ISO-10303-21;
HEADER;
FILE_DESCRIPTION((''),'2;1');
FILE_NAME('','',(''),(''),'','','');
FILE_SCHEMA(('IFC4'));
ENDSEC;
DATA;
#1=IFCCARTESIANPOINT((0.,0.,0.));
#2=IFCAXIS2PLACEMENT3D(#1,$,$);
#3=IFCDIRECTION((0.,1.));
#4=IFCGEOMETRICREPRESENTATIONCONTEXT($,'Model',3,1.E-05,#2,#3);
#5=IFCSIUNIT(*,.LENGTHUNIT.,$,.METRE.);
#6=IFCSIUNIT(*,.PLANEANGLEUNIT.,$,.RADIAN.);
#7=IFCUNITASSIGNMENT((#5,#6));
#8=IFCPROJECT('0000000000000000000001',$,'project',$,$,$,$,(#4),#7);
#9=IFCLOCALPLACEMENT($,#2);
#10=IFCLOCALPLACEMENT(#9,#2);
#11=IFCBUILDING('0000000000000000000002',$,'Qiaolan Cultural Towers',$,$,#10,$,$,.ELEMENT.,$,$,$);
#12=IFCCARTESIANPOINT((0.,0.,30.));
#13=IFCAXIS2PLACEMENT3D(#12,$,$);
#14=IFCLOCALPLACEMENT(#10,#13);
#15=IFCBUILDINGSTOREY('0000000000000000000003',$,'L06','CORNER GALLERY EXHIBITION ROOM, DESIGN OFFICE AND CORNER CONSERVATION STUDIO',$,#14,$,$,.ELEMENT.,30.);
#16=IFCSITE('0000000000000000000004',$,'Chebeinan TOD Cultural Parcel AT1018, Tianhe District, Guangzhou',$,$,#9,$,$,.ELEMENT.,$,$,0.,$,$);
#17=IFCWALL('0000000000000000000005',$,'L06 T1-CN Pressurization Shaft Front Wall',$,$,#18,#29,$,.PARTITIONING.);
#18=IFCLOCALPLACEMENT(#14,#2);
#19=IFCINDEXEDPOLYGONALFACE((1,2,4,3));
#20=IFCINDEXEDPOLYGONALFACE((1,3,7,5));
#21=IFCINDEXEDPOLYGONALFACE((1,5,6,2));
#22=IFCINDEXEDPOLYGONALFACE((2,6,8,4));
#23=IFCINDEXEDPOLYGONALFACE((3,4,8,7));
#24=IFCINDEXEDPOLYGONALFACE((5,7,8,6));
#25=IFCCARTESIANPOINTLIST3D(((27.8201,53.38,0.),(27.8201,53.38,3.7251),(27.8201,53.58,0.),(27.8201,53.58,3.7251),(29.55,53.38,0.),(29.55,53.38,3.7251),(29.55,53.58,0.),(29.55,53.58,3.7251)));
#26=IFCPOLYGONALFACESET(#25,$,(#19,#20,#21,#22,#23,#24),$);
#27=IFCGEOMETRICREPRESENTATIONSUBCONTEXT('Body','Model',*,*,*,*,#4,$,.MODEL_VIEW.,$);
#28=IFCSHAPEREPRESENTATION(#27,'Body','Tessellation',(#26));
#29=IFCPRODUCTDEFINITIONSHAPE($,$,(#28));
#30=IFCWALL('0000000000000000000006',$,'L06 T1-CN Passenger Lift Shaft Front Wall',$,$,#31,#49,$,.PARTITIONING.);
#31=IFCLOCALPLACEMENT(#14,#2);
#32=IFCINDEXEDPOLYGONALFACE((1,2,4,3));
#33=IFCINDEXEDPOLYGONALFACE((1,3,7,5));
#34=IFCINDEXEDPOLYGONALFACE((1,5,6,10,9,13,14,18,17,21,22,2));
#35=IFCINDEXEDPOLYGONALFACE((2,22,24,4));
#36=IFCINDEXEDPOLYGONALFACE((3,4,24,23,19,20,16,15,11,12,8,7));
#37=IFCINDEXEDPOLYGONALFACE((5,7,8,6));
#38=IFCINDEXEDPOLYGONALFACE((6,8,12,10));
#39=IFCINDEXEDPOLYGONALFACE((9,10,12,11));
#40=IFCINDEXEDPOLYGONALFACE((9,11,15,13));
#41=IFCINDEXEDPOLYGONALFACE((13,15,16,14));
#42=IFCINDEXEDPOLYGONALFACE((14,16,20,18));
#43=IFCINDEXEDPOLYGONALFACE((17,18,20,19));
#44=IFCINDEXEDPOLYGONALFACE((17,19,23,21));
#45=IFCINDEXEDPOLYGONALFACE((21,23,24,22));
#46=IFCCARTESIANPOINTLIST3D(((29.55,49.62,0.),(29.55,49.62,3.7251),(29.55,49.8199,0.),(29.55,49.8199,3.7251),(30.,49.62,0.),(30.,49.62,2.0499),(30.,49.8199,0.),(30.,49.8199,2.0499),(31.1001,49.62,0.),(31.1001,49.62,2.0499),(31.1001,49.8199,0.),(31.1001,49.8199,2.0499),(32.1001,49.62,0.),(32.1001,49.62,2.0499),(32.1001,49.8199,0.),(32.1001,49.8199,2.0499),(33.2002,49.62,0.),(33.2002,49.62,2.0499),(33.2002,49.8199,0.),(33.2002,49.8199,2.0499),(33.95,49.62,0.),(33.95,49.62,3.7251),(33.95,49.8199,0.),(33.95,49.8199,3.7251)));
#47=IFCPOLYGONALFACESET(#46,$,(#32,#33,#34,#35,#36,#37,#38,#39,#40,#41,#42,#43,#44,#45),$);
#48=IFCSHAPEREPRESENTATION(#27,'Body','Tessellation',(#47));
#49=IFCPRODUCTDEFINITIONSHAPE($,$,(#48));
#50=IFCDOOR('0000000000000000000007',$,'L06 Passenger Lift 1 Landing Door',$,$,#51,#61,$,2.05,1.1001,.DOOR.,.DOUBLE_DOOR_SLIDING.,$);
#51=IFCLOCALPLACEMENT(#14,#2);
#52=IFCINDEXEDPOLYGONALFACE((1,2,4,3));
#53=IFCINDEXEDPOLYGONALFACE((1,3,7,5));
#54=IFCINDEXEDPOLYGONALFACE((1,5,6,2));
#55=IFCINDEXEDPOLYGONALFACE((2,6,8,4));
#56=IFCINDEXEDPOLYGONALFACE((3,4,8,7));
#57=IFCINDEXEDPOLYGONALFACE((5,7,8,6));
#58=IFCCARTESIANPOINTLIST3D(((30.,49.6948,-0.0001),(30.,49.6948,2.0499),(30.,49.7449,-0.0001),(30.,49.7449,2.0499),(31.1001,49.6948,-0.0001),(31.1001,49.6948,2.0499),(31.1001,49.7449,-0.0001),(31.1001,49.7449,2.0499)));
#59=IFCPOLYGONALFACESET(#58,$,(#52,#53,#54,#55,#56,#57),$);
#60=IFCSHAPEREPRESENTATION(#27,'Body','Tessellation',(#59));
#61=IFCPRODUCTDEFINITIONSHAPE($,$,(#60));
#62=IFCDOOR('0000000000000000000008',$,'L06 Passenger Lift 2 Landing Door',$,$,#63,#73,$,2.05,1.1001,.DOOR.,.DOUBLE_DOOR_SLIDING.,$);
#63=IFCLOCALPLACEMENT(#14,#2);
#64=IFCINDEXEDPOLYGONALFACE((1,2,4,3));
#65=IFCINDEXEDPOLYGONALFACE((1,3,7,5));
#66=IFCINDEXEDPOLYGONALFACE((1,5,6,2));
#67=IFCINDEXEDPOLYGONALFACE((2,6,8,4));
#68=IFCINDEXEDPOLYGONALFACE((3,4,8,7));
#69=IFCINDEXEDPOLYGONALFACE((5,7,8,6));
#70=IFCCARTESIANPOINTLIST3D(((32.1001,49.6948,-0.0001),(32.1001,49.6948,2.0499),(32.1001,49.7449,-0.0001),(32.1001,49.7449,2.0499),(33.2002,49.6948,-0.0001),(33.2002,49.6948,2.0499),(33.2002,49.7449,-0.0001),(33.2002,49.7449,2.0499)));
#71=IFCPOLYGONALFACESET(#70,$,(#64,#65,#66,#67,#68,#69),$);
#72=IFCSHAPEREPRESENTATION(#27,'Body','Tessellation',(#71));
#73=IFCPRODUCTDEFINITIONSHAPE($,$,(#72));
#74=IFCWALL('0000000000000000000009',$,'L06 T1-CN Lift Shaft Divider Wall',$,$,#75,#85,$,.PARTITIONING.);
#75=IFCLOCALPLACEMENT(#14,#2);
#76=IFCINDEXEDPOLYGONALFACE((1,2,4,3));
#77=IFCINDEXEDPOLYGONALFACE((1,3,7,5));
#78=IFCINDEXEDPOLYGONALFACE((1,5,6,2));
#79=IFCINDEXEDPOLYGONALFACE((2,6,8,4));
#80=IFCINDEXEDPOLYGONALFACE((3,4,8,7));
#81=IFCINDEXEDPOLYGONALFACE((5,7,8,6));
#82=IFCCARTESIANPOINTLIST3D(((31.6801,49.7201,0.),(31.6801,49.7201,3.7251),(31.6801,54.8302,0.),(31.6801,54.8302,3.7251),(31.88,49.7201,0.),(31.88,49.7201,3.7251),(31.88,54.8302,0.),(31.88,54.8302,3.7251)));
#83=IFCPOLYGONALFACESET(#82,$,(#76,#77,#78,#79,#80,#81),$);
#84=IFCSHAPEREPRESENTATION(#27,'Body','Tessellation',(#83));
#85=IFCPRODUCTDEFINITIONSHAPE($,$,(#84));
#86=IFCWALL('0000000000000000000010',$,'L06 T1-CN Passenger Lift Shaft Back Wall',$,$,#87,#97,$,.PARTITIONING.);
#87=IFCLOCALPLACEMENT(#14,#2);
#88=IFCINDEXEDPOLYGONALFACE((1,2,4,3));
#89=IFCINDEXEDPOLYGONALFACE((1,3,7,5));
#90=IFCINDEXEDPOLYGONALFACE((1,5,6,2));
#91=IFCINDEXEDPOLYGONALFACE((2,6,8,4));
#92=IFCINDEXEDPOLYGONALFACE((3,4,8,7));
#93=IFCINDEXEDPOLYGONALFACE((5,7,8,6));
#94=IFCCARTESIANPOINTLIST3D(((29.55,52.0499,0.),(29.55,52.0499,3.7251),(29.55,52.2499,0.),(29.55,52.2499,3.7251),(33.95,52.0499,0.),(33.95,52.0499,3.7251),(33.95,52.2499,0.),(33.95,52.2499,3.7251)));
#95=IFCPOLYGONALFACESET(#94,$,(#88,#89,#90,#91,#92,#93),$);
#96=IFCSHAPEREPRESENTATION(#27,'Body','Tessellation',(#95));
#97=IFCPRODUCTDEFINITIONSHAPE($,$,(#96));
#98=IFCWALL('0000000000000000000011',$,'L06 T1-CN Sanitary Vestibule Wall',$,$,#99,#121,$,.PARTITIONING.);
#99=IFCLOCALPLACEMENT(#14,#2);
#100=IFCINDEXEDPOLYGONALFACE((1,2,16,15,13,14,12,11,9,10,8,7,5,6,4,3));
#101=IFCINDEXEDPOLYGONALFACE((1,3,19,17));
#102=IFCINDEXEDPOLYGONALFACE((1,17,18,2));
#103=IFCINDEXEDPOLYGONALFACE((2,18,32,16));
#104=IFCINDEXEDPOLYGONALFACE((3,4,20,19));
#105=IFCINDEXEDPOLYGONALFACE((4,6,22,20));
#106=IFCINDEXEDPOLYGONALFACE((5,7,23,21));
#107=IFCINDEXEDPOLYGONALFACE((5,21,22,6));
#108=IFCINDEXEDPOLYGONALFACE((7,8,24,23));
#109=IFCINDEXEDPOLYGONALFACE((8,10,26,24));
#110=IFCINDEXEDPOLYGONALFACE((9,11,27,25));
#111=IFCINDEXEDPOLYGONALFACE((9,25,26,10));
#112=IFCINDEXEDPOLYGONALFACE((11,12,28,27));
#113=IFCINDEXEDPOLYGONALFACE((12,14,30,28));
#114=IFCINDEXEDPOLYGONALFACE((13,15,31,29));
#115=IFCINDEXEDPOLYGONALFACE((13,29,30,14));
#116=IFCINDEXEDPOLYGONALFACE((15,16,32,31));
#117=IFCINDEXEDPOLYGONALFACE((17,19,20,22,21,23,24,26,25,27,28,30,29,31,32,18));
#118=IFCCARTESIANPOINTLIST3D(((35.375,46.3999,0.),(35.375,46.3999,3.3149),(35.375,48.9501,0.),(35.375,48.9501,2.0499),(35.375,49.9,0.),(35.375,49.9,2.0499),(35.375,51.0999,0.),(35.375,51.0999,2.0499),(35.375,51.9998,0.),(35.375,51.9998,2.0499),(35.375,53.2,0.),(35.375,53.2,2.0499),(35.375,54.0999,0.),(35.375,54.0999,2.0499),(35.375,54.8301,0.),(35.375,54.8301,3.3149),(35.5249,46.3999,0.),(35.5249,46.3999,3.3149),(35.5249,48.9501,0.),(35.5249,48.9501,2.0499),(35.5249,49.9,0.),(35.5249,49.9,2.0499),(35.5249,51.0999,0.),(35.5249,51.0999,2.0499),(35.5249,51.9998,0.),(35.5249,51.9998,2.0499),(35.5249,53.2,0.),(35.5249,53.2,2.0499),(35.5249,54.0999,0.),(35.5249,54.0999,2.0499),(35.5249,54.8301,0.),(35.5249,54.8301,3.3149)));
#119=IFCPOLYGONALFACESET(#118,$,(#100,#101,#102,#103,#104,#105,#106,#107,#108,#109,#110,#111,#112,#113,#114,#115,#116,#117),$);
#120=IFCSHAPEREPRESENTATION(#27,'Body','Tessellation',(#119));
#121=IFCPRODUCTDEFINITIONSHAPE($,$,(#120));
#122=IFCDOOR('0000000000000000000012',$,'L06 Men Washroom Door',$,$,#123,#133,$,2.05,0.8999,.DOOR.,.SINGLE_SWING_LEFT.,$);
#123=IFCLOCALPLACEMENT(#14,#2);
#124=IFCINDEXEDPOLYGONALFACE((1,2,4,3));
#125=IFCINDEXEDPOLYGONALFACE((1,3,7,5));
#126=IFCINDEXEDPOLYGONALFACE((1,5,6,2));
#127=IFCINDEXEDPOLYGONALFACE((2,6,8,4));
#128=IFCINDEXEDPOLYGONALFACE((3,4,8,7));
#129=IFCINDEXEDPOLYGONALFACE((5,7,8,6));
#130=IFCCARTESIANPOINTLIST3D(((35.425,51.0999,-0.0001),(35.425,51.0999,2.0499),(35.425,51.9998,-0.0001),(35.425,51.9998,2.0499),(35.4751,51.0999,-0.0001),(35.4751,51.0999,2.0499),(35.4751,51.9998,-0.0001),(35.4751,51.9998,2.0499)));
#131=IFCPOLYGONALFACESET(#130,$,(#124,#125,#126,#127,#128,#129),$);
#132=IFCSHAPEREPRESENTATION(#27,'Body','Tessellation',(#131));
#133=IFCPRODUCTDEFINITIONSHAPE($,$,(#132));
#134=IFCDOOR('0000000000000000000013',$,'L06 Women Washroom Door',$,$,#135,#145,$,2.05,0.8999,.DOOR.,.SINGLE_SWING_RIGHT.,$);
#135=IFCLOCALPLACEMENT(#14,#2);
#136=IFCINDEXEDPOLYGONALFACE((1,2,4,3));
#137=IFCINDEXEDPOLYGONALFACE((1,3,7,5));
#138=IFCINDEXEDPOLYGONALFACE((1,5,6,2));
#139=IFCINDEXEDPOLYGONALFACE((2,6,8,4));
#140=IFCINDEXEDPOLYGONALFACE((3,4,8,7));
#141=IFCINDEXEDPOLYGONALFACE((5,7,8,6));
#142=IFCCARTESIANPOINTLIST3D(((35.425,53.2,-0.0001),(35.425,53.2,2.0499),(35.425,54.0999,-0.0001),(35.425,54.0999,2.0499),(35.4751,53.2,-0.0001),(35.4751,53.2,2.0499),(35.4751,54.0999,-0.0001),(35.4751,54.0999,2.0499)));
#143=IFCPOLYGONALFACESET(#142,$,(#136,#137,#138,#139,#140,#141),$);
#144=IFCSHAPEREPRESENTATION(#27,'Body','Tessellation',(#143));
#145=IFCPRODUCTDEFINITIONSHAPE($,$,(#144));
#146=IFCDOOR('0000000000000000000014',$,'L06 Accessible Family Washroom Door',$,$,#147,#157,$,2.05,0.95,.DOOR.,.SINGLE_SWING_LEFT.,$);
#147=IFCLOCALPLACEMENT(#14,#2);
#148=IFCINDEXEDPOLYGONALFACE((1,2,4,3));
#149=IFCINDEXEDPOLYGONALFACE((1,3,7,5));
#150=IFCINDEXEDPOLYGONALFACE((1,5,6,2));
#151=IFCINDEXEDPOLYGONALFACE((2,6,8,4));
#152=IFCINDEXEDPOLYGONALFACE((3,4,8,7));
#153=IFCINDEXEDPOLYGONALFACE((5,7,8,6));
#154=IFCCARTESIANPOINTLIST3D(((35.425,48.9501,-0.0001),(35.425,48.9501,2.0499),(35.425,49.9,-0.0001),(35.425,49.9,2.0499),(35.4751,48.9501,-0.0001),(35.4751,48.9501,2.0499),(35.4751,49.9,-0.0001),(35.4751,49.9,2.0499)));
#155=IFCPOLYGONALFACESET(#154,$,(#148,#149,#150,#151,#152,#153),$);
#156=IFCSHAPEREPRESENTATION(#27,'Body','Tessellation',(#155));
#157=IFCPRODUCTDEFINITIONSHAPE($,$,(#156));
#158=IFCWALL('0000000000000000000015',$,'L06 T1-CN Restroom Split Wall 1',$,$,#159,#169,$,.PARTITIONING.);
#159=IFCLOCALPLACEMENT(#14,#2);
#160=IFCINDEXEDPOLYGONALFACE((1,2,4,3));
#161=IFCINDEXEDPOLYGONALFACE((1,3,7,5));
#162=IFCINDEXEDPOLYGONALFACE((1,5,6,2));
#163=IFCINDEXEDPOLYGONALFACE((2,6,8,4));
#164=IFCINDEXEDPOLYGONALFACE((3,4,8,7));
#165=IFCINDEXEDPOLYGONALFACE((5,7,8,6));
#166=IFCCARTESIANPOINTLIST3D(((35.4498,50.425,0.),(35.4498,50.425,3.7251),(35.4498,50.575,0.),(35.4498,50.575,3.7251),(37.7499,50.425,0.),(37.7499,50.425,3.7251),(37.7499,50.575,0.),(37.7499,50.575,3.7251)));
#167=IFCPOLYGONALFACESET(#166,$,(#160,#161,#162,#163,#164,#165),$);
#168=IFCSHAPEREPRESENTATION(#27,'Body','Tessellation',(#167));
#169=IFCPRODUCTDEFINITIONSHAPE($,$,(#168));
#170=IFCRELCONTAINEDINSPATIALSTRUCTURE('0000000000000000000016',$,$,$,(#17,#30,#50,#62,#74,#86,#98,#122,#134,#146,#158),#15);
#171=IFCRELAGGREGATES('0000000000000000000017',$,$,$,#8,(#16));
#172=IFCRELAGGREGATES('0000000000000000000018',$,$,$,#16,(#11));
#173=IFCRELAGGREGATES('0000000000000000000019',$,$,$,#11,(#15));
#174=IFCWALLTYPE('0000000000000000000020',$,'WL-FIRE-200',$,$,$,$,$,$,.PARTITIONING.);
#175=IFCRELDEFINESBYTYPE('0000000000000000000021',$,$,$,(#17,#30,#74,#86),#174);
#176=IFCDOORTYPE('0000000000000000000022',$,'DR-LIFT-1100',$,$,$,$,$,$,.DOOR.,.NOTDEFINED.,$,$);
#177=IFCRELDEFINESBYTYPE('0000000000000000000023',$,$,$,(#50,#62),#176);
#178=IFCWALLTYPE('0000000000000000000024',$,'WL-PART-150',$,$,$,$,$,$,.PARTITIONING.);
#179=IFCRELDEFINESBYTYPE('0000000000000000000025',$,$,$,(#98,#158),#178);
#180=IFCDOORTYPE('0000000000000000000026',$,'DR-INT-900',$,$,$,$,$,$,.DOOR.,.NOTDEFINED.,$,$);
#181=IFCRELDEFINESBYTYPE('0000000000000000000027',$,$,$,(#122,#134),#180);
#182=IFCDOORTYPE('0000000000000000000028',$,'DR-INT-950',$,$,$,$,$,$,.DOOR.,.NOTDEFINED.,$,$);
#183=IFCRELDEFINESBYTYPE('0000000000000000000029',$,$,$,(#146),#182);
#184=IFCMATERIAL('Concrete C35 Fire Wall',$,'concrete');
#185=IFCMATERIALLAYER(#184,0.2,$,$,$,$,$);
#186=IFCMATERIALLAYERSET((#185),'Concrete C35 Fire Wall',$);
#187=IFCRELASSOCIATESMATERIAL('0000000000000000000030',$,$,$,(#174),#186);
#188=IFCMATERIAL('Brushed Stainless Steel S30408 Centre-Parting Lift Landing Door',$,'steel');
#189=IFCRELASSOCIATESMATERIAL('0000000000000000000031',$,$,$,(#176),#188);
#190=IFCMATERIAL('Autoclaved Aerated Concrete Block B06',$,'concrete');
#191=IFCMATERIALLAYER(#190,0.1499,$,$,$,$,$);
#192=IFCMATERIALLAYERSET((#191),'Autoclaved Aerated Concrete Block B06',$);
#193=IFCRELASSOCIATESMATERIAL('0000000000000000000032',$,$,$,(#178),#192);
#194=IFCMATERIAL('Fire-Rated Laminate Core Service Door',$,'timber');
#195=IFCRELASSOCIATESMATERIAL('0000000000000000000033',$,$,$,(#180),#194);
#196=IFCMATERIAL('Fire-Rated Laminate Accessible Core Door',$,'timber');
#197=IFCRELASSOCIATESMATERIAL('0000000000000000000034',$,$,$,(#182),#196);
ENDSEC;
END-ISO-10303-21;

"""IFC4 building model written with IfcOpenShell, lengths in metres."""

from ifc_helpers import new_model, si_unit, direction, frame, frame_2d, origin, place, context, subcontext, project, spatial, rectangle, extrude, material, layer, layer_set, type_object, element, fill, save


model = new_model("IFC4")

# Units and contexts
model_context = context("Model", 3, precision=1e-05, world=origin(), true_north=direction((0.0, 1.0)))
body_context = subcontext(model_context, "Body", "Model", "MODEL_VIEW")
ifc_project = project(units=[si_unit("LENGTHUNIT", "METRE"), si_unit("PLANEANGLEUNIT", "RADIAN")], contexts=[model_context])

# Site, building, storey
site_placement = place(None, origin())
site = spatial("IfcSite", under=ifc_project, at=site_placement, Name="Chebeinan TOD Cultural Parcel AT1018, Tianhe District, Guangzhou", CompositionType="ELEMENT", RefElevation=0.0)
building_placement = place(site_placement, origin())
building = spatial("IfcBuilding", under=site, at=building_placement, Name="Qiaolan Cultural Towers", CompositionType="ELEMENT")
storey_placement = place(building_placement, frame((0.0, 0.0, 30.0)))
storey = spatial("IfcBuildingStorey", under=building, at=storey_placement, Name="L06", Description="CORNER GALLERY EXHIBITION ROOM, DESIGN OFFICE AND CORNER CONSERVATION STUDIO", CompositionType="ELEMENT", Elevation=30.0)

# Shared definitions
ifc_material_1 = material(Name="Concrete C35 Fire Wall", Category="concrete")
ifc_layer_1 = layer(ifc_material_1, 0.2)
ifc_layer_set_1 = layer_set([ifc_layer_1], Name="Concrete C35 Fire Wall")
wall_type_1 = type_object("IfcWallType", Name="WL-FIRE-200", PredefinedType="PARTITIONING", material=ifc_layer_set_1)
ifc_material_2 = material(Name="Brushed Stainless Steel S30408 Centre-Parting Lift Landing Door", Category="steel")
door_type_1 = type_object("IfcDoorType", Name="DR-LIFT-1100", OperationType="NOTDEFINED", PredefinedType="DOOR", material=ifc_material_2)

# Wall
wall_1_placement = place(storey_placement, frame((27.8201, 53.48, 0.0), z_axis=(0.0, 0.0, 1.0), x_axis=(1.0, 0.0, 0.0)))
element("IfcWall", 1, at=wall_1_placement, inside=storey, type_object=wall_type_1, Name="L06 T1-CN Pressurization Shaft Front Wall", PredefinedType="PARTITIONING", context=body_context, shape_type="SweptSolid", body=[
    extrude(rectangle(XDim=1.73, YDim=0.2, at=frame_2d((0.865, 0.0))), origin(), (0.0, 0.0, 1.0), 3.7251),
])

# Wall, openings, doors
wall_2_placement = place(storey_placement, frame((29.55, 49.72, 0.0), z_axis=(0.0, 0.0, 1.0), x_axis=(1.0, 0.0, 0.0)))
wall_2 = element("IfcWall", 2, at=wall_2_placement, inside=storey, type_object=wall_type_1, Name="L06 T1-CN Passenger Lift Shaft Front Wall", PredefinedType="PARTITIONING", context=body_context, shape_type="SweptSolid", body=[
    extrude(rectangle(XDim=4.3999, YDim=0.2, at=frame_2d((2.2, 0.0))), origin(), (0.0, 0.0, 1.0), 3.7251),
])
opening_1_placement = place(wall_2_placement, frame((0.45, 0.0, 0.0)))
opening_1 = element("IfcOpeningElement", 3, at=opening_1_placement, cuts=wall_2, PredefinedType="OPENING", context=body_context, shape_type="SweptSolid", body=[
    extrude(rectangle(XDim=1.1001, YDim=2.05, at=frame_2d((0.55, 1.0249))), frame((0.0, 0.1099, 0.0), z_axis=(0.0, -1.0, 0.0), x_axis=(1.0, 0.0, 0.0)), (0.0, 0.0, 1.0), 0.22),
])
opening_2_placement = place(wall_2_placement, frame((2.55, 0.0, 0.0)))
opening_2 = element("IfcOpeningElement", 4, at=opening_2_placement, cuts=wall_2, PredefinedType="OPENING", context=body_context, shape_type="SweptSolid", body=[
    extrude(rectangle(XDim=1.1001, YDim=2.05, at=frame_2d((0.55, 1.0249))), frame((0.0, 0.1099, 0.0), z_axis=(0.0, -1.0, 0.0), x_axis=(1.0, 0.0, 0.0)), (0.0, 0.0, 1.0), 0.22),
])
door_1_placement = place(opening_1_placement, origin())
door_1 = element("IfcDoor", 5, at=door_1_placement, inside=storey, type_object=door_type_1, Name="L06 Passenger Lift 1 Landing Door", OperationType="DOUBLE_DOOR_SLIDING", OverallHeight=2.05, OverallWidth=1.1001, PredefinedType="DOOR", context=body_context, shape_type="SweptSolid", body=[
    extrude(rectangle(XDim=1.1001, YDim=2.05, at=frame_2d((0.55, 1.0249))), frame((0.0, 0.0249, 0.0), z_axis=(0.0, -1.0, 0.0), x_axis=(1.0, 0.0, 0.0)), (0.0, 0.0, 1.0), 0.05),
])
fill(opening_1, door_1)
door_2_placement = place(opening_2_placement, origin())
door_2 = element("IfcDoor", 6, at=door_2_placement, inside=storey, type_object=door_type_1, Name="L06 Passenger Lift 2 Landing Door", OperationType="DOUBLE_DOOR_SLIDING", OverallHeight=2.05, OverallWidth=1.1001, PredefinedType="DOOR", context=body_context, shape_type="SweptSolid", body=[
    extrude(rectangle(XDim=1.1001, YDim=2.05, at=frame_2d((0.55, 1.0249))), frame((0.0, 0.0249, 0.0), z_axis=(0.0, -1.0, 0.0), x_axis=(1.0, 0.0, 0.0)), (0.0, 0.0, 1.0), 0.05),
])
fill(opening_2, door_2)

# Walls
wall_3_placement = place(storey_placement, frame((31.78, 49.72, 0.0), z_axis=(0.0, 0.0, 1.0), x_axis=(0.0, 1.0, 0.0)))
element("IfcWall", 7, at=wall_3_placement, inside=storey, type_object=wall_type_1, Name="L06 T1-CN Lift Shaft Divider Wall", PredefinedType="PARTITIONING", context=body_context, shape_type="SweptSolid", body=[
    extrude(rectangle(XDim=5.1101, YDim=0.2, at=frame_2d((2.5552, 0.0))), origin(), (0.0, 0.0, 1.0), 3.7251),
])
wall_4_placement = place(storey_placement, frame((29.55, 52.1499, 0.0), z_axis=(0.0, 0.0, 1.0), x_axis=(1.0, 0.0, 0.0)))
element("IfcWall", 8, at=wall_4_placement, inside=storey, type_object=wall_type_1, Name="L06 T1-CN Passenger Lift Shaft Back Wall", PredefinedType="PARTITIONING", context=body_context, shape_type="SweptSolid", body=[
    extrude(rectangle(XDim=4.3999, YDim=0.2, at=frame_2d((2.2, 0.0))), origin(), (0.0, 0.0, 1.0), 3.7251),
])

# Wall, openings, doors
ifc_material_3 = material(Name="Autoclaved Aerated Concrete Block B06", Category="concrete")
ifc_layer_2 = layer(ifc_material_3, 0.1499)
ifc_layer_set_2 = layer_set([ifc_layer_2], Name="Autoclaved Aerated Concrete Block B06")
wall_type_2 = type_object("IfcWallType", Name="WL-PART-150", PredefinedType="PARTITIONING", material=ifc_layer_set_2)
wall_5_placement = place(storey_placement, frame((35.45, 46.3999, 0.0), z_axis=(0.0, 0.0, 1.0), x_axis=(0.0, 1.0, 0.0)))
wall_5 = element("IfcWall", 9, at=wall_5_placement, inside=storey, type_object=wall_type_2, Name="L06 T1-CN Sanitary Vestibule Wall", PredefinedType="PARTITIONING", context=body_context, shape_type="SweptSolid", body=[
    extrude(rectangle(XDim=8.4302, YDim=0.1499, at=frame_2d((4.2151, 0.0))), origin(), (0.0, 0.0, 1.0), 3.3149),
])
opening_3_placement = place(wall_5_placement, frame((2.55, 0.0, 0.0)))
opening_3 = element("IfcOpeningElement", 10, at=opening_3_placement, cuts=wall_5, PredefinedType="OPENING", context=body_context, shape_type="SweptSolid", body=[
    extrude(rectangle(XDim=0.95, YDim=2.05, at=frame_2d((0.4751, 1.0249))), frame((0.0, 0.085, 0.0), z_axis=(0.0, -1.0, 0.0), x_axis=(1.0, 0.0, 0.0)), (0.0, 0.0, 1.0), 0.1699),
])
opening_4_placement = place(wall_5_placement, frame((4.7, 0.0, 0.0)))
opening_4 = element("IfcOpeningElement", 11, at=opening_4_placement, cuts=wall_5, PredefinedType="OPENING", context=body_context, shape_type="SweptSolid", body=[
    extrude(rectangle(XDim=0.8999, YDim=2.05, at=frame_2d((0.45, 1.0249))), frame((0.0, 0.085, 0.0), z_axis=(0.0, -1.0, 0.0), x_axis=(1.0, 0.0, 0.0)), (0.0, 0.0, 1.0), 0.1699),
])
opening_5_placement = place(wall_5_placement, frame((6.8, 0.0, 0.0)))
opening_5 = element("IfcOpeningElement", 12, at=opening_5_placement, cuts=wall_5, PredefinedType="OPENING", context=body_context, shape_type="SweptSolid", body=[
    extrude(rectangle(XDim=0.8999, YDim=2.05, at=frame_2d((0.45, 1.0249))), frame((0.0, 0.085, 0.0), z_axis=(0.0, -1.0, 0.0), x_axis=(1.0, 0.0, 0.0)), (0.0, 0.0, 1.0), 0.1699),
])
ifc_material_4 = material(Name="Fire-Rated Laminate Core Service Door", Category="timber")
door_type_2 = type_object("IfcDoorType", Name="DR-INT-900", OperationType="NOTDEFINED", PredefinedType="DOOR", material=ifc_material_4)
door_3_placement = place(opening_4_placement, origin())
door_3 = element("IfcDoor", 13, at=door_3_placement, inside=storey, type_object=door_type_2, Name="L06 Men Washroom Door", OperationType="SINGLE_SWING_LEFT", OverallHeight=2.05, OverallWidth=0.8999, PredefinedType="DOOR", context=body_context, shape_type="SweptSolid", body=[
    extrude(rectangle(XDim=0.8999, YDim=2.05, at=frame_2d((0.45, 1.0249))), frame((0.0, 0.0249, 0.0), z_axis=(0.0, -1.0, 0.0), x_axis=(1.0, 0.0, 0.0)), (0.0, 0.0, 1.0), 0.05),
])
fill(opening_4, door_3)
door_4_placement = place(opening_5_placement, origin())
door_4 = element("IfcDoor", 14, at=door_4_placement, inside=storey, type_object=door_type_2, Name="L06 Women Washroom Door", OperationType="SINGLE_SWING_RIGHT", OverallHeight=2.05, OverallWidth=0.8999, PredefinedType="DOOR", context=body_context, shape_type="SweptSolid", body=[
    extrude(rectangle(XDim=0.8999, YDim=2.05, at=frame_2d((0.45, 1.0249))), frame((0.0, 0.0249, 0.0), z_axis=(0.0, -1.0, 0.0), x_axis=(1.0, 0.0, 0.0)), (0.0, 0.0, 1.0), 0.05),
])
fill(opening_5, door_4)
ifc_material_5 = material(Name="Fire-Rated Laminate Accessible Core Door", Category="timber")
door_type_3 = type_object("IfcDoorType", Name="DR-INT-950", OperationType="NOTDEFINED", PredefinedType="DOOR", material=ifc_material_5)
door_5_placement = place(opening_3_placement, origin())
door_5 = element("IfcDoor", 15, at=door_5_placement, inside=storey, type_object=door_type_3, Name="L06 Accessible Family Washroom Door", OperationType="SINGLE_SWING_LEFT", OverallHeight=2.05, OverallWidth=0.95, PredefinedType="DOOR", context=body_context, shape_type="SweptSolid", body=[
    extrude(rectangle(XDim=0.95, YDim=2.05, at=frame_2d((0.4751, 1.0249))), frame((0.0, 0.0249, 0.0), z_axis=(0.0, -1.0, 0.0), x_axis=(1.0, 0.0, 0.0)), (0.0, 0.0, 1.0), 0.05),
])
fill(opening_3, door_5)

# Wall
for number, where, z_axis, x_axis, name in (
    (16, (35.45, 50.5, 0.0), (0.0, 0.0, 1.0), (1.0, 0.0, 0.0), "L06 T1-CN Restroom Split Wall 1"),
):
    element("IfcWall", number, at=place(storey_placement, frame(where, z_axis=z_axis, x_axis=x_axis)), inside=storey, type_object=wall_type_2, Name=name, PredefinedType="PARTITIONING", context=body_context, shape_type="SweptSolid", body=[
        extrude(rectangle(XDim=2.3, YDim=0.1499, at=frame_2d((1.1499, 0.0))), origin(), (0.0, 0.0, 1.0), 3.7251),
    ])

save(model, "model.ifc")
